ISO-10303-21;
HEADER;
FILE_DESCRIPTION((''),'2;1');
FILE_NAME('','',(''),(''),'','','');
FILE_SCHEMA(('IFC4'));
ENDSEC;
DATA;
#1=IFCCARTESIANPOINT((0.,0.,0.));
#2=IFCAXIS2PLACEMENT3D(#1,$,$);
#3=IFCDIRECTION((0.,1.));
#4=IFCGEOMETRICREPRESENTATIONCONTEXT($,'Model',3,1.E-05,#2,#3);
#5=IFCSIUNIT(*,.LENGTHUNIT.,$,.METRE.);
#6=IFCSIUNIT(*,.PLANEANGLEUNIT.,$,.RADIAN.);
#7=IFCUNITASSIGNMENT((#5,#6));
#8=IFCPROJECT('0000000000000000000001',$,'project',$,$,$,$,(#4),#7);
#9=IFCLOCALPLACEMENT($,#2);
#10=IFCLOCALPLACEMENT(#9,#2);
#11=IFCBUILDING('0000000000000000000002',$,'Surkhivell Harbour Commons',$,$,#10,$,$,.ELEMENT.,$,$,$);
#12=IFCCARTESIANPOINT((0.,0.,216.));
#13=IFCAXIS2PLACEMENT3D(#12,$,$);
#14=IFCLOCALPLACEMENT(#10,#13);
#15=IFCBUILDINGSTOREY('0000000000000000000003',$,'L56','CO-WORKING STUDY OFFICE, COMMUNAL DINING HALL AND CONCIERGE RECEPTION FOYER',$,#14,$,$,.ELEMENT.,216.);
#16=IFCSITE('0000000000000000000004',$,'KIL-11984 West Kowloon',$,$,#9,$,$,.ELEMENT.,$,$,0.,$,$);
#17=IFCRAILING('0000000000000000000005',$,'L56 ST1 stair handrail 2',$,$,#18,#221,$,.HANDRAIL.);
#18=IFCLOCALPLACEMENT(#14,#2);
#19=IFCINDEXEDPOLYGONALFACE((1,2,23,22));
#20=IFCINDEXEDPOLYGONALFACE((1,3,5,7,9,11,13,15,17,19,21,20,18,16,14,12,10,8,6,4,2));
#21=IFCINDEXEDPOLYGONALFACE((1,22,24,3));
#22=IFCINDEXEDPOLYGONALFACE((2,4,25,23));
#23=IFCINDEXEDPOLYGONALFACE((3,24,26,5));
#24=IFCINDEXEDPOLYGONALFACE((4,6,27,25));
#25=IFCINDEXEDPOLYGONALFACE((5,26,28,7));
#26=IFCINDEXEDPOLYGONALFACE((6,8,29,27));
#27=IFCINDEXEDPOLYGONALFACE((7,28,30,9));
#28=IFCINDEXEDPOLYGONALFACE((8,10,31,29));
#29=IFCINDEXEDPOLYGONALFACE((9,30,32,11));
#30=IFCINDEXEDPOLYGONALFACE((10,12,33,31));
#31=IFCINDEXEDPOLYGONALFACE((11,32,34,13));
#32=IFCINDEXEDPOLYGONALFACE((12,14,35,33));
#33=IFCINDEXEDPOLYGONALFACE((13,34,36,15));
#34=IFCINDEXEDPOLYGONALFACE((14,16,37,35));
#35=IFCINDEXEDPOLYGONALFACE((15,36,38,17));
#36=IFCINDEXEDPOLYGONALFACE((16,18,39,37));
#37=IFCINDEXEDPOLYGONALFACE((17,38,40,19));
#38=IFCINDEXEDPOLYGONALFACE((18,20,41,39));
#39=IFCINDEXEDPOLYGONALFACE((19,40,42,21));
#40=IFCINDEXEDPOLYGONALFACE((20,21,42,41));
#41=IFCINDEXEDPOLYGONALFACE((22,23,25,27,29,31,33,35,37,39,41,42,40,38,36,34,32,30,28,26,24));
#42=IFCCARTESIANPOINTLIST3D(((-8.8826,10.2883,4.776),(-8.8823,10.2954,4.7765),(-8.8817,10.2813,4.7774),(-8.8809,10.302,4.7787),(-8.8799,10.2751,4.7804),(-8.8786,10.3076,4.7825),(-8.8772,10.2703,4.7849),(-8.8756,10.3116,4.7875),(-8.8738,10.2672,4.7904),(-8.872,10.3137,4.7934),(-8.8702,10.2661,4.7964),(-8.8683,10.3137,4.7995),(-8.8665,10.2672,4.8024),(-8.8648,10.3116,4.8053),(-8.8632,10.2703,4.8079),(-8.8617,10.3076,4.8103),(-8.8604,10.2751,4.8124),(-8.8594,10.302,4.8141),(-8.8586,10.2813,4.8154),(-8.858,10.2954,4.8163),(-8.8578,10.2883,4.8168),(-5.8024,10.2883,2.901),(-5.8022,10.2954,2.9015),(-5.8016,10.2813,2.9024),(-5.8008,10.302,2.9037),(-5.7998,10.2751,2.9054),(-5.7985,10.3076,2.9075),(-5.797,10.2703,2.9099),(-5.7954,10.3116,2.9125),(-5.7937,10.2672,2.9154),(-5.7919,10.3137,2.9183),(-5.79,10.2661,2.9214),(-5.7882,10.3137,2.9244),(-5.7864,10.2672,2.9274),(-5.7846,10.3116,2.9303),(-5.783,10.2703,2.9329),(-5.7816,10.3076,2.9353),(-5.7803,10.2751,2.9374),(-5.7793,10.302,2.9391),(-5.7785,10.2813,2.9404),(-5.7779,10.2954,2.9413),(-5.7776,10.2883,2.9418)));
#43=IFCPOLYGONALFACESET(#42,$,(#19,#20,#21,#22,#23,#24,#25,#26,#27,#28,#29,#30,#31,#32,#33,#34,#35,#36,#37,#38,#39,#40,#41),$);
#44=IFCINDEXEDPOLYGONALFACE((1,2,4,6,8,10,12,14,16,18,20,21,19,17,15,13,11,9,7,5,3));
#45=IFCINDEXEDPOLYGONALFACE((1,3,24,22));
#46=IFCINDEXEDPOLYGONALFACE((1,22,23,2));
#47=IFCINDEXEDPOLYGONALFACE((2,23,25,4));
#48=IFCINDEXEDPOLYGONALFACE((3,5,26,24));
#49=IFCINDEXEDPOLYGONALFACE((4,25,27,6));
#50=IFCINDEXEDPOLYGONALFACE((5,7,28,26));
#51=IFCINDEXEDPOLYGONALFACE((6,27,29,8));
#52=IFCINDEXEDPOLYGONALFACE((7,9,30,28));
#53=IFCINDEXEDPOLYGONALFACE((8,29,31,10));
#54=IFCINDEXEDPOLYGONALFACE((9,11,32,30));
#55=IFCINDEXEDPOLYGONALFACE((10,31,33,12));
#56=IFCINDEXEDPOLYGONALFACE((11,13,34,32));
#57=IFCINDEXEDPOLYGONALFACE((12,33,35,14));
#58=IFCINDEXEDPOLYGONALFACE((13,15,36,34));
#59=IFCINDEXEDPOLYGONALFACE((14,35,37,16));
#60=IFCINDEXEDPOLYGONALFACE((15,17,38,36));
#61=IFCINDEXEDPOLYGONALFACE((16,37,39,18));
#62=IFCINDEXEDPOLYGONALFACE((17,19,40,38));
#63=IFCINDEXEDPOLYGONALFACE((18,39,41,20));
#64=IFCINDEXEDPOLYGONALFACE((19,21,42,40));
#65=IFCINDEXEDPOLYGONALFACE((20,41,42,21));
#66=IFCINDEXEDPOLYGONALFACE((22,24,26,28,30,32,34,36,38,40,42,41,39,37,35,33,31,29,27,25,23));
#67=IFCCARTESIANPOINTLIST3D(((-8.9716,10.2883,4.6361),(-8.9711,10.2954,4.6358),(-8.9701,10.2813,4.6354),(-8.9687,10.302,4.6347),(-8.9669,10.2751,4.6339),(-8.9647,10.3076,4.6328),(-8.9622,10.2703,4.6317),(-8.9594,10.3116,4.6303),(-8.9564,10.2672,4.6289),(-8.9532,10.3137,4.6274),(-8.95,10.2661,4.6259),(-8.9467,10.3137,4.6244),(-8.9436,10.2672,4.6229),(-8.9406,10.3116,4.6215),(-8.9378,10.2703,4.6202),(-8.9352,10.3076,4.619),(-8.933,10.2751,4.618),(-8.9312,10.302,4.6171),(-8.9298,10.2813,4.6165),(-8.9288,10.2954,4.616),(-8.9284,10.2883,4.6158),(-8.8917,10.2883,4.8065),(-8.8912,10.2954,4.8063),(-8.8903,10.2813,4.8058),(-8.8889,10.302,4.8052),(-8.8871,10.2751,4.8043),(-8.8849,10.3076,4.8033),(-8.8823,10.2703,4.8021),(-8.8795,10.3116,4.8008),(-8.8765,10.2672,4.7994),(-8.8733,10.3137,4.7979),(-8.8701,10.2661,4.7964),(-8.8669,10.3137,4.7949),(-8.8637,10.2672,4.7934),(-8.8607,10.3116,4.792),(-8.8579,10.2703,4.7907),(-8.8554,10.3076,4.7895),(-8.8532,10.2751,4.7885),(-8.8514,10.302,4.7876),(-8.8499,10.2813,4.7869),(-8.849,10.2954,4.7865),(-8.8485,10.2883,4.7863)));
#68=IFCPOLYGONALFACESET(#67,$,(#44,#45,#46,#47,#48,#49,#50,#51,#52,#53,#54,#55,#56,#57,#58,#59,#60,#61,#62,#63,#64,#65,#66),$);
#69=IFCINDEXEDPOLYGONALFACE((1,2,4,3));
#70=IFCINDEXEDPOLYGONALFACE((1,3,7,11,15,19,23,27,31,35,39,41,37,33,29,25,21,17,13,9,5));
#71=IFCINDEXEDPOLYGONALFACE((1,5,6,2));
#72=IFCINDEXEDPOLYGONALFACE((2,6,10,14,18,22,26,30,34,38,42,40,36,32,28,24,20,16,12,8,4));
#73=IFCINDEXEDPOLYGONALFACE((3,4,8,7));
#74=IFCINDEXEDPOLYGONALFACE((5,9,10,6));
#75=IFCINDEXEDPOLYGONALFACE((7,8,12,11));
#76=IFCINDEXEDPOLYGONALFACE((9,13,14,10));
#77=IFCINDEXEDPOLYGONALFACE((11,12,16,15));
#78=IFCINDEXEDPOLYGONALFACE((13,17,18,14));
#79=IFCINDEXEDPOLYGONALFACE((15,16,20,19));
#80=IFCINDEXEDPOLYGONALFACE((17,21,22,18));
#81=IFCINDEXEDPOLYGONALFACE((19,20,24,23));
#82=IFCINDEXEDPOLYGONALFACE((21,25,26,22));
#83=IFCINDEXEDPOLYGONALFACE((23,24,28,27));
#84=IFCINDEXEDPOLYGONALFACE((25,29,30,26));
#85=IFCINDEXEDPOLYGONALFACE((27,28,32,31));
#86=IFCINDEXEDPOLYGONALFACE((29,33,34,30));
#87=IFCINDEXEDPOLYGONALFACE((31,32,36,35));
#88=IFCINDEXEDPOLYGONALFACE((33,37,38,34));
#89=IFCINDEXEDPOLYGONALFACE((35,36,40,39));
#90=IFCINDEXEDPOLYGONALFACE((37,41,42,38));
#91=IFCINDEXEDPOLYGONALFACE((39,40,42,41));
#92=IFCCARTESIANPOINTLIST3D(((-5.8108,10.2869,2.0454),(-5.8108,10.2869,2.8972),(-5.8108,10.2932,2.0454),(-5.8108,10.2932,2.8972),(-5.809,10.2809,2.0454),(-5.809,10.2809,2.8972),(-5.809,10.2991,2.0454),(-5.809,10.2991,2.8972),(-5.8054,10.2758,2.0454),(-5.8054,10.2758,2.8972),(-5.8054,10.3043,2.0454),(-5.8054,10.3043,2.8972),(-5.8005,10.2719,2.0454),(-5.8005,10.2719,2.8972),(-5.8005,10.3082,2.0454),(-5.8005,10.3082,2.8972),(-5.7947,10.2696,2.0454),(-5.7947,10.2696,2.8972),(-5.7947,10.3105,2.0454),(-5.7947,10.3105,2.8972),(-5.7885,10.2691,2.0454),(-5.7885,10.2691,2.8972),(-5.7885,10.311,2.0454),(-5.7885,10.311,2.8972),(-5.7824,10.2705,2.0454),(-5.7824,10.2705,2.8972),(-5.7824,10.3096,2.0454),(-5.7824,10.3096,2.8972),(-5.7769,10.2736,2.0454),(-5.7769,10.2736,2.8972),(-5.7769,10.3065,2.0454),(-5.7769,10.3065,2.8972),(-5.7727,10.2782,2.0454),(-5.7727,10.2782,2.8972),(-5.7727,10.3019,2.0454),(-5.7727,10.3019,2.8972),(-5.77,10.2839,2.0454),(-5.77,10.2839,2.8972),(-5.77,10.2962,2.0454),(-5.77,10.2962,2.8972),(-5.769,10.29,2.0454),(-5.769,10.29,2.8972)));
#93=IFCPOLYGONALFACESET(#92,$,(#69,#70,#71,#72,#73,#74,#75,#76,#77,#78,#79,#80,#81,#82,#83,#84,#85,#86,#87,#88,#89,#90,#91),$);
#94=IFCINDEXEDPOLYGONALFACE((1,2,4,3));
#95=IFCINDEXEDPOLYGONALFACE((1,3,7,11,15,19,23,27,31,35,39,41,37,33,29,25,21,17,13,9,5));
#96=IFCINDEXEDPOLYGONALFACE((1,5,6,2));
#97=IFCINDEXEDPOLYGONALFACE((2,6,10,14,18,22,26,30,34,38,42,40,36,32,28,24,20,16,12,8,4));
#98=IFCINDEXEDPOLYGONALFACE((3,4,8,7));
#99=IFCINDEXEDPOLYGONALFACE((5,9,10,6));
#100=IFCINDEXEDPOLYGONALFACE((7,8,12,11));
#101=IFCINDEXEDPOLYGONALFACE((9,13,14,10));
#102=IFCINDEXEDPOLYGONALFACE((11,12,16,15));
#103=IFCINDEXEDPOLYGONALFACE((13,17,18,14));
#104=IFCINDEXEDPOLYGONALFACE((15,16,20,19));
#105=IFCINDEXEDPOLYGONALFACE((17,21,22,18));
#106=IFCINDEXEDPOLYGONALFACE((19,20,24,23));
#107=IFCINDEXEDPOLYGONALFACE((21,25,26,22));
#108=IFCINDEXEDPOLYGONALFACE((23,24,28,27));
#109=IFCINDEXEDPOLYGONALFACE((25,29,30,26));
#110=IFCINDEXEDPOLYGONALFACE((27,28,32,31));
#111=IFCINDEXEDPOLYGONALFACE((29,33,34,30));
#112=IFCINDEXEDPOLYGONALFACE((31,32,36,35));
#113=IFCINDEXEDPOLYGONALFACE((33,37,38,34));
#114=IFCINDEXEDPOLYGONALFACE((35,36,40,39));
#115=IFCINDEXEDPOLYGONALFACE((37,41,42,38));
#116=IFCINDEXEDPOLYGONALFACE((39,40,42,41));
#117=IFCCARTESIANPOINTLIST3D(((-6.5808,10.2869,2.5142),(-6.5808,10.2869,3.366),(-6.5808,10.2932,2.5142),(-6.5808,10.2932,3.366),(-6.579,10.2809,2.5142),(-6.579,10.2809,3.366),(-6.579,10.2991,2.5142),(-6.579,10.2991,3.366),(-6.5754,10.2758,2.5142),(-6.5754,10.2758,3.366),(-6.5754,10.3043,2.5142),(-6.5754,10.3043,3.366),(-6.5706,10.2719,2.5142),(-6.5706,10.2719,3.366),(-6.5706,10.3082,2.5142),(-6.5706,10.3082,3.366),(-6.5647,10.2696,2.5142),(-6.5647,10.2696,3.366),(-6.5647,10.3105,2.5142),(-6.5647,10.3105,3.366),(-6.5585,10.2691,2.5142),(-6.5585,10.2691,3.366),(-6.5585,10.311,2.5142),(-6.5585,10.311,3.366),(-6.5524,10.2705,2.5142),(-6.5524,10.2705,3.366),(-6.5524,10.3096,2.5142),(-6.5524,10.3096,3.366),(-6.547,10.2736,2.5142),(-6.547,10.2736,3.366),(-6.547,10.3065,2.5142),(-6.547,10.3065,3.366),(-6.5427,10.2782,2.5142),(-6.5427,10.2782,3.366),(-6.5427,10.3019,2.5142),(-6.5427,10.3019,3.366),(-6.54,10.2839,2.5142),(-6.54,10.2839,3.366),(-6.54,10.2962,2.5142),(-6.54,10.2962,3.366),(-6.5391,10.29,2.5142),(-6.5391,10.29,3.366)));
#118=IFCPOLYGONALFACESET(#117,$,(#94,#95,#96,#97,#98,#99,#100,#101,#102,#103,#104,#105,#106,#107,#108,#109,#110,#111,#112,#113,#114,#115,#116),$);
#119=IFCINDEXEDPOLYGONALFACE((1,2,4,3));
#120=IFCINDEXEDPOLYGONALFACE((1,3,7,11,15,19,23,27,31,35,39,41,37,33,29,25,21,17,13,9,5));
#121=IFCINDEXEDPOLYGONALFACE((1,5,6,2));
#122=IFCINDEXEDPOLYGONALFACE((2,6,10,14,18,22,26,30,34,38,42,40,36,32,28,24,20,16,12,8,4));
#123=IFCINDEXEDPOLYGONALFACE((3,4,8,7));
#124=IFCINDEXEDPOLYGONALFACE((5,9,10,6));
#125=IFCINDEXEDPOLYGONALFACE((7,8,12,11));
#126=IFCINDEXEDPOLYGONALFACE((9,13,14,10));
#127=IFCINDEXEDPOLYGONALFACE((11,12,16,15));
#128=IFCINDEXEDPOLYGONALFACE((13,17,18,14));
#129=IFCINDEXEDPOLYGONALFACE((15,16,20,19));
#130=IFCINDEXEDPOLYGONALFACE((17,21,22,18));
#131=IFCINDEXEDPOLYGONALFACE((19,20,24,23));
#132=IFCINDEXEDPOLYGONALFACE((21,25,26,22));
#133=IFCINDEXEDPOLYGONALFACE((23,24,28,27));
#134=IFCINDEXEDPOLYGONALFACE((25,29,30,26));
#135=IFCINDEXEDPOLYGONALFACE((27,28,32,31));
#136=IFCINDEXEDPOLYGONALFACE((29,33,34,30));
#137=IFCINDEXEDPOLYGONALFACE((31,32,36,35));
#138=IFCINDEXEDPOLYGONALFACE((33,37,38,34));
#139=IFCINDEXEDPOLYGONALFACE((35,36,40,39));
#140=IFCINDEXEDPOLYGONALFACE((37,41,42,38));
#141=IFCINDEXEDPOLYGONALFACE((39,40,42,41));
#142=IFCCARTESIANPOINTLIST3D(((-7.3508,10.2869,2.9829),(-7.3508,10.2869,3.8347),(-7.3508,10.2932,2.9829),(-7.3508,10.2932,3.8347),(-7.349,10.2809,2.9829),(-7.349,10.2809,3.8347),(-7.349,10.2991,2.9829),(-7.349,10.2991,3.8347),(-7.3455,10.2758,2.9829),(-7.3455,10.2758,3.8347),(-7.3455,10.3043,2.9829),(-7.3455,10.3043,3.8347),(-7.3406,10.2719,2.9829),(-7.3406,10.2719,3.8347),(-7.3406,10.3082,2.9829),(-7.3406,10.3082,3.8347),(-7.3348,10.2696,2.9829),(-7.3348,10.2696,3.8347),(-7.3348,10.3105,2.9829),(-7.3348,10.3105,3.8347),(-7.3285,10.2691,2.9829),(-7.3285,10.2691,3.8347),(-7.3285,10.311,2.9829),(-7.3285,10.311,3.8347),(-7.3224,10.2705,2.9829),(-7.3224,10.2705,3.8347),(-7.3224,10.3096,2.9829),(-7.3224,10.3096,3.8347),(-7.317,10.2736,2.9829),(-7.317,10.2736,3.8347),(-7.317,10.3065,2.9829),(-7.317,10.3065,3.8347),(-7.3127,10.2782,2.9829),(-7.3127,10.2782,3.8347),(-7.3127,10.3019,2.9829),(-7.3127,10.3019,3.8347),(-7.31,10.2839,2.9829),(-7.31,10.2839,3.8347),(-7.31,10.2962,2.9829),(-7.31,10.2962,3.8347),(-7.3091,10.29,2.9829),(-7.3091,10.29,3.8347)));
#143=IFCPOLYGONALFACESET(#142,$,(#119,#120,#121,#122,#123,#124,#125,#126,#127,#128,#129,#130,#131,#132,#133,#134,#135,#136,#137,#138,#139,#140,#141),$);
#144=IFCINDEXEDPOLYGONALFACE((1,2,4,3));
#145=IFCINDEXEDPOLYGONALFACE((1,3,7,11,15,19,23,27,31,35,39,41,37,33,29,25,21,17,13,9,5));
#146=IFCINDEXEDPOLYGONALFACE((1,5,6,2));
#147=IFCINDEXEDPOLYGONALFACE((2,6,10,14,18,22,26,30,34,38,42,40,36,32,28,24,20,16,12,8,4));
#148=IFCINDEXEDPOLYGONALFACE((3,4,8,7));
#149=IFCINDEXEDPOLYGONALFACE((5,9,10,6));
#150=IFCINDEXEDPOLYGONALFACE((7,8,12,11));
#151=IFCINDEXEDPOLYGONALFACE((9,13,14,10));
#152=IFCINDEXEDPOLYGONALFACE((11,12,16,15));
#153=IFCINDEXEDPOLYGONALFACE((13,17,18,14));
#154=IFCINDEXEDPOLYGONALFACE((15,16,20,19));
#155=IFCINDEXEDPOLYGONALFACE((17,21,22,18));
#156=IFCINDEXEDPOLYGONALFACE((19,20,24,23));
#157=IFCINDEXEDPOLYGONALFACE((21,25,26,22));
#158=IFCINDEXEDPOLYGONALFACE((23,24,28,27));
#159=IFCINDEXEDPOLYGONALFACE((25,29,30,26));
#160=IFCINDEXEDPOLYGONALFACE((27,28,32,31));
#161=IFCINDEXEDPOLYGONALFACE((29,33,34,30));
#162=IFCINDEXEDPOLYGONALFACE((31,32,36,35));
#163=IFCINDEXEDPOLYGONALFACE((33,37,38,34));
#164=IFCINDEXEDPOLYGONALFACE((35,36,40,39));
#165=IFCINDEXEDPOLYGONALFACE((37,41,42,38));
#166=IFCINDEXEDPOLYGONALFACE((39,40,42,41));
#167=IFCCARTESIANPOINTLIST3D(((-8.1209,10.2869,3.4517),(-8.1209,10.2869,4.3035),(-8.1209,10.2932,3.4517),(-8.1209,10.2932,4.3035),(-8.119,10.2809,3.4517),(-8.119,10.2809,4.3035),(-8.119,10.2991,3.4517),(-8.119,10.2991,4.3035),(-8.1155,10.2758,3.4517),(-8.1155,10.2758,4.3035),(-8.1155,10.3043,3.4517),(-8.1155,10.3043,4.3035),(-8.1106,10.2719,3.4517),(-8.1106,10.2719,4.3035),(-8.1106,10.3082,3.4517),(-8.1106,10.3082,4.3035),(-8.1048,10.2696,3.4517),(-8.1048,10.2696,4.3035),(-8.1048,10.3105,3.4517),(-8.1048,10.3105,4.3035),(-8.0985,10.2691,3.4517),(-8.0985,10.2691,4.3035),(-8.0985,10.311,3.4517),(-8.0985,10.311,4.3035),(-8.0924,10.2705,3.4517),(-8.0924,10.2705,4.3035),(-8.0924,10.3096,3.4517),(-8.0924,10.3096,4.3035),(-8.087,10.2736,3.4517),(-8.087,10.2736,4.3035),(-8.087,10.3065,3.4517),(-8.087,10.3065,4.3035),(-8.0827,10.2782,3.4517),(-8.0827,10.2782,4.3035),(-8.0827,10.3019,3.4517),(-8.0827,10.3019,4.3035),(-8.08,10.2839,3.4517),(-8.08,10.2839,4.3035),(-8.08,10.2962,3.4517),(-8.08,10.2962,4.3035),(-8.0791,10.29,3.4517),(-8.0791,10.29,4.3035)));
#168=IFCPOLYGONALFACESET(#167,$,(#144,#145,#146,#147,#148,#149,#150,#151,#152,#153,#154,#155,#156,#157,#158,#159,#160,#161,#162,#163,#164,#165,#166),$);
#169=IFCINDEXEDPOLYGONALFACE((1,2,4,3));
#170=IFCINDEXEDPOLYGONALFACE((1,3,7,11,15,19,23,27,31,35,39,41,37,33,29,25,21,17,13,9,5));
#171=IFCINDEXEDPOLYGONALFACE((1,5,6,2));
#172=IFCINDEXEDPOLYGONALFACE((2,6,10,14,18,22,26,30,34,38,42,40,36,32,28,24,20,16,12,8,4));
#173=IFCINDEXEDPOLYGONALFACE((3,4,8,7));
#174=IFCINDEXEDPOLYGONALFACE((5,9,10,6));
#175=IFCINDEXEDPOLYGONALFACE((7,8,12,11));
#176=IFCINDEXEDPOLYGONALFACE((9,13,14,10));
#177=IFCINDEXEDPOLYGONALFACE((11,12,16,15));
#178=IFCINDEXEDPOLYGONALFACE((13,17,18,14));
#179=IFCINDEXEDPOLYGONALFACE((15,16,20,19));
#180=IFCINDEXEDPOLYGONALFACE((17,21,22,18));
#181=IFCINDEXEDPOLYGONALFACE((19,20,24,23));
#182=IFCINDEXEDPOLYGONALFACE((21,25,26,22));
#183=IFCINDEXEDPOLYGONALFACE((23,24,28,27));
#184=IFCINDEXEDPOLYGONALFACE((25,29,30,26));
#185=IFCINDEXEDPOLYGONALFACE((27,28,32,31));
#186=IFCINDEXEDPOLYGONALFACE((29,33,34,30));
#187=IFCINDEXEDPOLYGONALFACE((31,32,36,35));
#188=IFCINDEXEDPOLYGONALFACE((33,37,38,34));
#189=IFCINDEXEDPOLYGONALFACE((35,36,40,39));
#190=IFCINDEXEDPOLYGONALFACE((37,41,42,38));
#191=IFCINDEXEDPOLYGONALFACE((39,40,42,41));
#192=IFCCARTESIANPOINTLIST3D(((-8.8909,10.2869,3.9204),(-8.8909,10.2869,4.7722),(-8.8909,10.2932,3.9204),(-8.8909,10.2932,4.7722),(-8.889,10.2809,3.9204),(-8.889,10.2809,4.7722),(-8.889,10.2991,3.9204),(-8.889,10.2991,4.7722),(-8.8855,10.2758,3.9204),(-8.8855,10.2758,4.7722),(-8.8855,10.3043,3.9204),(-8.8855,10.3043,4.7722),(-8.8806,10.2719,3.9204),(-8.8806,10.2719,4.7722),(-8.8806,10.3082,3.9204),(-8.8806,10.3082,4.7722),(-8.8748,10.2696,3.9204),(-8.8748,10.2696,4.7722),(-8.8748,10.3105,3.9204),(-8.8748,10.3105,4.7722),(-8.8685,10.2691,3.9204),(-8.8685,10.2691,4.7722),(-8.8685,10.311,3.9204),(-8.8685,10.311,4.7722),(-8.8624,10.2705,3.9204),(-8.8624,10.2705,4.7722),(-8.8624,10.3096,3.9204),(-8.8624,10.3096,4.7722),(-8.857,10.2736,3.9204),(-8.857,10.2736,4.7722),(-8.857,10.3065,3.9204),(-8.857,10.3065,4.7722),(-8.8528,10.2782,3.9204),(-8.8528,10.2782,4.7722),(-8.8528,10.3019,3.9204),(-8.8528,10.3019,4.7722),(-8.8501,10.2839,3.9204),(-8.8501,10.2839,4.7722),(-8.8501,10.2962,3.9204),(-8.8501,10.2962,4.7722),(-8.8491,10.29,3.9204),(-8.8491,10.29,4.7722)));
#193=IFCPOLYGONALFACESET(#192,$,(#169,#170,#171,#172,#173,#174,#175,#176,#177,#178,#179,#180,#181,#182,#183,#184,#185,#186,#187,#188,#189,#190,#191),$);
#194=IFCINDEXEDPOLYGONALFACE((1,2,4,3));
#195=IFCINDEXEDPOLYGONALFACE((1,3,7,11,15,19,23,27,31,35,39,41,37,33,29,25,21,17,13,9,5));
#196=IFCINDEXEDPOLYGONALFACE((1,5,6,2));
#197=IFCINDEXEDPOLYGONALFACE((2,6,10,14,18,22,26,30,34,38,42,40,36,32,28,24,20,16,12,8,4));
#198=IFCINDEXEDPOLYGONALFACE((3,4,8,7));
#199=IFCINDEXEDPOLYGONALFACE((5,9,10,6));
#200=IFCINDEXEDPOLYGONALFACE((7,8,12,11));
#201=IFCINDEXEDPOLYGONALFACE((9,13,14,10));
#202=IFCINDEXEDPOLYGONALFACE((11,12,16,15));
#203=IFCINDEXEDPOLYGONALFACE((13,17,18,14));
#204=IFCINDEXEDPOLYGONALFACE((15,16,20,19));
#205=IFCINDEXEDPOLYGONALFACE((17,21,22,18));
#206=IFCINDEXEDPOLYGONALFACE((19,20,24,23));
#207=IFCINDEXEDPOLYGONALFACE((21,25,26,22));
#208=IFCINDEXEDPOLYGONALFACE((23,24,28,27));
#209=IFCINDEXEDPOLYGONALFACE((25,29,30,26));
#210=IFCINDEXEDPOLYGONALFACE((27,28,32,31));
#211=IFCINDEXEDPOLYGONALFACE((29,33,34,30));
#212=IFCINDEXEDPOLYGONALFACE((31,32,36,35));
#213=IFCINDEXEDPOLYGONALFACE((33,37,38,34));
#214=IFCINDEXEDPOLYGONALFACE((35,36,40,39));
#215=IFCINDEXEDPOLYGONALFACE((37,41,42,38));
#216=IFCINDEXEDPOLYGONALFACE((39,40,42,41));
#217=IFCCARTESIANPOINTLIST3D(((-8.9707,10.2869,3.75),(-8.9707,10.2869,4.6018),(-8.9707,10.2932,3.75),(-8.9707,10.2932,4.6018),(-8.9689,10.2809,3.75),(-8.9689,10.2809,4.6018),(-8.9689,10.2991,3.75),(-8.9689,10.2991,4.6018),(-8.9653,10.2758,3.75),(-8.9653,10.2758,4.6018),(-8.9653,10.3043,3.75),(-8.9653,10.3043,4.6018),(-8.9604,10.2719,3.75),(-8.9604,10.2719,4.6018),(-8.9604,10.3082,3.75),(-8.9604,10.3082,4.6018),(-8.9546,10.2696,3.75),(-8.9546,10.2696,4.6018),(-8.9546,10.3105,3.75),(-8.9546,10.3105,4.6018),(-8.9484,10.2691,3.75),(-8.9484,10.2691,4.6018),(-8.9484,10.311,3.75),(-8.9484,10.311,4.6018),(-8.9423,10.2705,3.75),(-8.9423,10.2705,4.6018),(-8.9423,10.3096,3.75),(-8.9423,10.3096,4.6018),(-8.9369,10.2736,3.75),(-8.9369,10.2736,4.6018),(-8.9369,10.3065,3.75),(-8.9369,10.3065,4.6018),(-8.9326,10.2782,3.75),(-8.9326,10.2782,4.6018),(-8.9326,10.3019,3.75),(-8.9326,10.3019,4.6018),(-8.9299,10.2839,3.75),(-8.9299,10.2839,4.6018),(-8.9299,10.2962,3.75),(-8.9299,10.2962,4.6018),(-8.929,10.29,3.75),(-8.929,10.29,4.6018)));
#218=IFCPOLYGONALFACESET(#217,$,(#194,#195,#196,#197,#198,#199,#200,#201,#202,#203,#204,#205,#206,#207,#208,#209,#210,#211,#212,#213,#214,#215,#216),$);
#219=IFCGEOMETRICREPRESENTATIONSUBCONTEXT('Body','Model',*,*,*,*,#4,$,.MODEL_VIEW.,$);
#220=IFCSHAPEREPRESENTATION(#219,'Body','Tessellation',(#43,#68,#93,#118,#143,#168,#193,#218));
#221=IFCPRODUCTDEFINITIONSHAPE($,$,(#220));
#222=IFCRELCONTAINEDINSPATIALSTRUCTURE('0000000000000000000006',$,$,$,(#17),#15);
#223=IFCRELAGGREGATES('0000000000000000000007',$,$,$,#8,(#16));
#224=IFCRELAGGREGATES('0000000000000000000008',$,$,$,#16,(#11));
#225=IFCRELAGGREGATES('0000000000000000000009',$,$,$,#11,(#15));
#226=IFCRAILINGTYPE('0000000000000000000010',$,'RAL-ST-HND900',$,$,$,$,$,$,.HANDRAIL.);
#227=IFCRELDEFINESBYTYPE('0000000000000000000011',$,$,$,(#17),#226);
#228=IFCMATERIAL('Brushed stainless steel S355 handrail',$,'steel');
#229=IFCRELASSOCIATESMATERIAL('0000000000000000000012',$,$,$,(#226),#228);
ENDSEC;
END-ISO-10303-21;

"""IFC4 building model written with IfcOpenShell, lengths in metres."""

from ifc_helpers import new_model, si_unit, direction, frame, origin, origin_2d, place, context, subcontext, project, spatial, circle, extrude, material, type_object, element, save


model = new_model("IFC4")

# Units and contexts
model_context = context("Model", 3, precision=1e-05, world=origin(), true_north=direction((0.0, 1.0)))
body_context = subcontext(model_context, "Body", "Model", "MODEL_VIEW")
ifc_project = project(units=[si_unit("LENGTHUNIT", "METRE"), si_unit("PLANEANGLEUNIT", "RADIAN")], contexts=[model_context])

# Site, building, storey
site_placement = place(None, origin())
site = spatial("IfcSite", under=ifc_project, at=site_placement, Name="KIL-11984 West Kowloon", CompositionType="ELEMENT", RefElevation=0.0)
building_placement = place(site_placement, origin())
building = spatial("IfcBuilding", under=site, at=building_placement, Name="Surkhivell Harbour Commons", CompositionType="ELEMENT")
storey_placement = place(building_placement, frame((0.0, 0.0, 216.0)))
storey = spatial("IfcBuildingStorey", under=building, at=storey_placement, Name="L56", Description="CO-WORKING STUDY OFFICE, COMMUNAL DINING HALL AND CONCIERGE RECEPTION FOYER", CompositionType="ELEMENT", Elevation=216.0)

# Railing
ifc_material_1 = material(Name="Brushed stainless steel S355 handrail", Category="steel")
railing_type_1 = type_object("IfcRailingType", Name="RAL-ST-HND900", PredefinedType="HANDRAIL", material=ifc_material_1)
railing_1_placement = place(storey_placement, frame((-5.79, 10.29, 2.0454)))
element("IfcRailing", 1, at=railing_1_placement, inside=storey, type_object=railing_type_1, Name="L56 ST1 stair handrail 2", PredefinedType="HANDRAIL", context=body_context, shape_type="SweptSolid", body=[
    extrude(circle(Radius=0.0239, at=origin_2d()), frame((0.0, 0.0, 0.876), z_axis=(-0.854178, 0.0, 0.519981), x_axis=(0.0, -1.0, 0.0)), (0.0, 0.0, 1.0), 3.606),
    extrude(circle(Radius=0.0239, at=origin_2d()), frame((-3.0801, 0.0, 2.751), z_axis=(-0.424234, 0.0, -0.905552), x_axis=(0.0, -1.0, 0.0)), (0.0, 0.0, 1.0), 0.1882),
    extrude(circle(Radius=0.021, at=origin_2d()), origin(), (0.0, 0.0, 1.0), 0.8518),
    extrude(circle(Radius=0.021, at=origin_2d()), frame((-0.77, 0.0, 0.4688)), (0.0, 0.0, 1.0), 0.8518),
    extrude(circle(Radius=0.021, at=origin_2d()), frame((-1.54, 0.0, 0.9375)), (0.0, 0.0, 1.0), 0.8518),
    extrude(circle(Radius=0.021, at=origin_2d()), frame((-2.3101, 0.0, 1.4062)), (0.0, 0.0, 1.0), 0.8518),
    extrude(circle(Radius=0.021, at=origin_2d()), frame((-3.0801, 0.0, 1.875)), (0.0, 0.0, 1.0), 0.8518),
    extrude(circle(Radius=0.021, at=origin_2d()), frame((-3.1599, 0.0, 1.7046)), (0.0, 0.0, 1.0), 0.8518),
])

save(model, "model.ifc")
